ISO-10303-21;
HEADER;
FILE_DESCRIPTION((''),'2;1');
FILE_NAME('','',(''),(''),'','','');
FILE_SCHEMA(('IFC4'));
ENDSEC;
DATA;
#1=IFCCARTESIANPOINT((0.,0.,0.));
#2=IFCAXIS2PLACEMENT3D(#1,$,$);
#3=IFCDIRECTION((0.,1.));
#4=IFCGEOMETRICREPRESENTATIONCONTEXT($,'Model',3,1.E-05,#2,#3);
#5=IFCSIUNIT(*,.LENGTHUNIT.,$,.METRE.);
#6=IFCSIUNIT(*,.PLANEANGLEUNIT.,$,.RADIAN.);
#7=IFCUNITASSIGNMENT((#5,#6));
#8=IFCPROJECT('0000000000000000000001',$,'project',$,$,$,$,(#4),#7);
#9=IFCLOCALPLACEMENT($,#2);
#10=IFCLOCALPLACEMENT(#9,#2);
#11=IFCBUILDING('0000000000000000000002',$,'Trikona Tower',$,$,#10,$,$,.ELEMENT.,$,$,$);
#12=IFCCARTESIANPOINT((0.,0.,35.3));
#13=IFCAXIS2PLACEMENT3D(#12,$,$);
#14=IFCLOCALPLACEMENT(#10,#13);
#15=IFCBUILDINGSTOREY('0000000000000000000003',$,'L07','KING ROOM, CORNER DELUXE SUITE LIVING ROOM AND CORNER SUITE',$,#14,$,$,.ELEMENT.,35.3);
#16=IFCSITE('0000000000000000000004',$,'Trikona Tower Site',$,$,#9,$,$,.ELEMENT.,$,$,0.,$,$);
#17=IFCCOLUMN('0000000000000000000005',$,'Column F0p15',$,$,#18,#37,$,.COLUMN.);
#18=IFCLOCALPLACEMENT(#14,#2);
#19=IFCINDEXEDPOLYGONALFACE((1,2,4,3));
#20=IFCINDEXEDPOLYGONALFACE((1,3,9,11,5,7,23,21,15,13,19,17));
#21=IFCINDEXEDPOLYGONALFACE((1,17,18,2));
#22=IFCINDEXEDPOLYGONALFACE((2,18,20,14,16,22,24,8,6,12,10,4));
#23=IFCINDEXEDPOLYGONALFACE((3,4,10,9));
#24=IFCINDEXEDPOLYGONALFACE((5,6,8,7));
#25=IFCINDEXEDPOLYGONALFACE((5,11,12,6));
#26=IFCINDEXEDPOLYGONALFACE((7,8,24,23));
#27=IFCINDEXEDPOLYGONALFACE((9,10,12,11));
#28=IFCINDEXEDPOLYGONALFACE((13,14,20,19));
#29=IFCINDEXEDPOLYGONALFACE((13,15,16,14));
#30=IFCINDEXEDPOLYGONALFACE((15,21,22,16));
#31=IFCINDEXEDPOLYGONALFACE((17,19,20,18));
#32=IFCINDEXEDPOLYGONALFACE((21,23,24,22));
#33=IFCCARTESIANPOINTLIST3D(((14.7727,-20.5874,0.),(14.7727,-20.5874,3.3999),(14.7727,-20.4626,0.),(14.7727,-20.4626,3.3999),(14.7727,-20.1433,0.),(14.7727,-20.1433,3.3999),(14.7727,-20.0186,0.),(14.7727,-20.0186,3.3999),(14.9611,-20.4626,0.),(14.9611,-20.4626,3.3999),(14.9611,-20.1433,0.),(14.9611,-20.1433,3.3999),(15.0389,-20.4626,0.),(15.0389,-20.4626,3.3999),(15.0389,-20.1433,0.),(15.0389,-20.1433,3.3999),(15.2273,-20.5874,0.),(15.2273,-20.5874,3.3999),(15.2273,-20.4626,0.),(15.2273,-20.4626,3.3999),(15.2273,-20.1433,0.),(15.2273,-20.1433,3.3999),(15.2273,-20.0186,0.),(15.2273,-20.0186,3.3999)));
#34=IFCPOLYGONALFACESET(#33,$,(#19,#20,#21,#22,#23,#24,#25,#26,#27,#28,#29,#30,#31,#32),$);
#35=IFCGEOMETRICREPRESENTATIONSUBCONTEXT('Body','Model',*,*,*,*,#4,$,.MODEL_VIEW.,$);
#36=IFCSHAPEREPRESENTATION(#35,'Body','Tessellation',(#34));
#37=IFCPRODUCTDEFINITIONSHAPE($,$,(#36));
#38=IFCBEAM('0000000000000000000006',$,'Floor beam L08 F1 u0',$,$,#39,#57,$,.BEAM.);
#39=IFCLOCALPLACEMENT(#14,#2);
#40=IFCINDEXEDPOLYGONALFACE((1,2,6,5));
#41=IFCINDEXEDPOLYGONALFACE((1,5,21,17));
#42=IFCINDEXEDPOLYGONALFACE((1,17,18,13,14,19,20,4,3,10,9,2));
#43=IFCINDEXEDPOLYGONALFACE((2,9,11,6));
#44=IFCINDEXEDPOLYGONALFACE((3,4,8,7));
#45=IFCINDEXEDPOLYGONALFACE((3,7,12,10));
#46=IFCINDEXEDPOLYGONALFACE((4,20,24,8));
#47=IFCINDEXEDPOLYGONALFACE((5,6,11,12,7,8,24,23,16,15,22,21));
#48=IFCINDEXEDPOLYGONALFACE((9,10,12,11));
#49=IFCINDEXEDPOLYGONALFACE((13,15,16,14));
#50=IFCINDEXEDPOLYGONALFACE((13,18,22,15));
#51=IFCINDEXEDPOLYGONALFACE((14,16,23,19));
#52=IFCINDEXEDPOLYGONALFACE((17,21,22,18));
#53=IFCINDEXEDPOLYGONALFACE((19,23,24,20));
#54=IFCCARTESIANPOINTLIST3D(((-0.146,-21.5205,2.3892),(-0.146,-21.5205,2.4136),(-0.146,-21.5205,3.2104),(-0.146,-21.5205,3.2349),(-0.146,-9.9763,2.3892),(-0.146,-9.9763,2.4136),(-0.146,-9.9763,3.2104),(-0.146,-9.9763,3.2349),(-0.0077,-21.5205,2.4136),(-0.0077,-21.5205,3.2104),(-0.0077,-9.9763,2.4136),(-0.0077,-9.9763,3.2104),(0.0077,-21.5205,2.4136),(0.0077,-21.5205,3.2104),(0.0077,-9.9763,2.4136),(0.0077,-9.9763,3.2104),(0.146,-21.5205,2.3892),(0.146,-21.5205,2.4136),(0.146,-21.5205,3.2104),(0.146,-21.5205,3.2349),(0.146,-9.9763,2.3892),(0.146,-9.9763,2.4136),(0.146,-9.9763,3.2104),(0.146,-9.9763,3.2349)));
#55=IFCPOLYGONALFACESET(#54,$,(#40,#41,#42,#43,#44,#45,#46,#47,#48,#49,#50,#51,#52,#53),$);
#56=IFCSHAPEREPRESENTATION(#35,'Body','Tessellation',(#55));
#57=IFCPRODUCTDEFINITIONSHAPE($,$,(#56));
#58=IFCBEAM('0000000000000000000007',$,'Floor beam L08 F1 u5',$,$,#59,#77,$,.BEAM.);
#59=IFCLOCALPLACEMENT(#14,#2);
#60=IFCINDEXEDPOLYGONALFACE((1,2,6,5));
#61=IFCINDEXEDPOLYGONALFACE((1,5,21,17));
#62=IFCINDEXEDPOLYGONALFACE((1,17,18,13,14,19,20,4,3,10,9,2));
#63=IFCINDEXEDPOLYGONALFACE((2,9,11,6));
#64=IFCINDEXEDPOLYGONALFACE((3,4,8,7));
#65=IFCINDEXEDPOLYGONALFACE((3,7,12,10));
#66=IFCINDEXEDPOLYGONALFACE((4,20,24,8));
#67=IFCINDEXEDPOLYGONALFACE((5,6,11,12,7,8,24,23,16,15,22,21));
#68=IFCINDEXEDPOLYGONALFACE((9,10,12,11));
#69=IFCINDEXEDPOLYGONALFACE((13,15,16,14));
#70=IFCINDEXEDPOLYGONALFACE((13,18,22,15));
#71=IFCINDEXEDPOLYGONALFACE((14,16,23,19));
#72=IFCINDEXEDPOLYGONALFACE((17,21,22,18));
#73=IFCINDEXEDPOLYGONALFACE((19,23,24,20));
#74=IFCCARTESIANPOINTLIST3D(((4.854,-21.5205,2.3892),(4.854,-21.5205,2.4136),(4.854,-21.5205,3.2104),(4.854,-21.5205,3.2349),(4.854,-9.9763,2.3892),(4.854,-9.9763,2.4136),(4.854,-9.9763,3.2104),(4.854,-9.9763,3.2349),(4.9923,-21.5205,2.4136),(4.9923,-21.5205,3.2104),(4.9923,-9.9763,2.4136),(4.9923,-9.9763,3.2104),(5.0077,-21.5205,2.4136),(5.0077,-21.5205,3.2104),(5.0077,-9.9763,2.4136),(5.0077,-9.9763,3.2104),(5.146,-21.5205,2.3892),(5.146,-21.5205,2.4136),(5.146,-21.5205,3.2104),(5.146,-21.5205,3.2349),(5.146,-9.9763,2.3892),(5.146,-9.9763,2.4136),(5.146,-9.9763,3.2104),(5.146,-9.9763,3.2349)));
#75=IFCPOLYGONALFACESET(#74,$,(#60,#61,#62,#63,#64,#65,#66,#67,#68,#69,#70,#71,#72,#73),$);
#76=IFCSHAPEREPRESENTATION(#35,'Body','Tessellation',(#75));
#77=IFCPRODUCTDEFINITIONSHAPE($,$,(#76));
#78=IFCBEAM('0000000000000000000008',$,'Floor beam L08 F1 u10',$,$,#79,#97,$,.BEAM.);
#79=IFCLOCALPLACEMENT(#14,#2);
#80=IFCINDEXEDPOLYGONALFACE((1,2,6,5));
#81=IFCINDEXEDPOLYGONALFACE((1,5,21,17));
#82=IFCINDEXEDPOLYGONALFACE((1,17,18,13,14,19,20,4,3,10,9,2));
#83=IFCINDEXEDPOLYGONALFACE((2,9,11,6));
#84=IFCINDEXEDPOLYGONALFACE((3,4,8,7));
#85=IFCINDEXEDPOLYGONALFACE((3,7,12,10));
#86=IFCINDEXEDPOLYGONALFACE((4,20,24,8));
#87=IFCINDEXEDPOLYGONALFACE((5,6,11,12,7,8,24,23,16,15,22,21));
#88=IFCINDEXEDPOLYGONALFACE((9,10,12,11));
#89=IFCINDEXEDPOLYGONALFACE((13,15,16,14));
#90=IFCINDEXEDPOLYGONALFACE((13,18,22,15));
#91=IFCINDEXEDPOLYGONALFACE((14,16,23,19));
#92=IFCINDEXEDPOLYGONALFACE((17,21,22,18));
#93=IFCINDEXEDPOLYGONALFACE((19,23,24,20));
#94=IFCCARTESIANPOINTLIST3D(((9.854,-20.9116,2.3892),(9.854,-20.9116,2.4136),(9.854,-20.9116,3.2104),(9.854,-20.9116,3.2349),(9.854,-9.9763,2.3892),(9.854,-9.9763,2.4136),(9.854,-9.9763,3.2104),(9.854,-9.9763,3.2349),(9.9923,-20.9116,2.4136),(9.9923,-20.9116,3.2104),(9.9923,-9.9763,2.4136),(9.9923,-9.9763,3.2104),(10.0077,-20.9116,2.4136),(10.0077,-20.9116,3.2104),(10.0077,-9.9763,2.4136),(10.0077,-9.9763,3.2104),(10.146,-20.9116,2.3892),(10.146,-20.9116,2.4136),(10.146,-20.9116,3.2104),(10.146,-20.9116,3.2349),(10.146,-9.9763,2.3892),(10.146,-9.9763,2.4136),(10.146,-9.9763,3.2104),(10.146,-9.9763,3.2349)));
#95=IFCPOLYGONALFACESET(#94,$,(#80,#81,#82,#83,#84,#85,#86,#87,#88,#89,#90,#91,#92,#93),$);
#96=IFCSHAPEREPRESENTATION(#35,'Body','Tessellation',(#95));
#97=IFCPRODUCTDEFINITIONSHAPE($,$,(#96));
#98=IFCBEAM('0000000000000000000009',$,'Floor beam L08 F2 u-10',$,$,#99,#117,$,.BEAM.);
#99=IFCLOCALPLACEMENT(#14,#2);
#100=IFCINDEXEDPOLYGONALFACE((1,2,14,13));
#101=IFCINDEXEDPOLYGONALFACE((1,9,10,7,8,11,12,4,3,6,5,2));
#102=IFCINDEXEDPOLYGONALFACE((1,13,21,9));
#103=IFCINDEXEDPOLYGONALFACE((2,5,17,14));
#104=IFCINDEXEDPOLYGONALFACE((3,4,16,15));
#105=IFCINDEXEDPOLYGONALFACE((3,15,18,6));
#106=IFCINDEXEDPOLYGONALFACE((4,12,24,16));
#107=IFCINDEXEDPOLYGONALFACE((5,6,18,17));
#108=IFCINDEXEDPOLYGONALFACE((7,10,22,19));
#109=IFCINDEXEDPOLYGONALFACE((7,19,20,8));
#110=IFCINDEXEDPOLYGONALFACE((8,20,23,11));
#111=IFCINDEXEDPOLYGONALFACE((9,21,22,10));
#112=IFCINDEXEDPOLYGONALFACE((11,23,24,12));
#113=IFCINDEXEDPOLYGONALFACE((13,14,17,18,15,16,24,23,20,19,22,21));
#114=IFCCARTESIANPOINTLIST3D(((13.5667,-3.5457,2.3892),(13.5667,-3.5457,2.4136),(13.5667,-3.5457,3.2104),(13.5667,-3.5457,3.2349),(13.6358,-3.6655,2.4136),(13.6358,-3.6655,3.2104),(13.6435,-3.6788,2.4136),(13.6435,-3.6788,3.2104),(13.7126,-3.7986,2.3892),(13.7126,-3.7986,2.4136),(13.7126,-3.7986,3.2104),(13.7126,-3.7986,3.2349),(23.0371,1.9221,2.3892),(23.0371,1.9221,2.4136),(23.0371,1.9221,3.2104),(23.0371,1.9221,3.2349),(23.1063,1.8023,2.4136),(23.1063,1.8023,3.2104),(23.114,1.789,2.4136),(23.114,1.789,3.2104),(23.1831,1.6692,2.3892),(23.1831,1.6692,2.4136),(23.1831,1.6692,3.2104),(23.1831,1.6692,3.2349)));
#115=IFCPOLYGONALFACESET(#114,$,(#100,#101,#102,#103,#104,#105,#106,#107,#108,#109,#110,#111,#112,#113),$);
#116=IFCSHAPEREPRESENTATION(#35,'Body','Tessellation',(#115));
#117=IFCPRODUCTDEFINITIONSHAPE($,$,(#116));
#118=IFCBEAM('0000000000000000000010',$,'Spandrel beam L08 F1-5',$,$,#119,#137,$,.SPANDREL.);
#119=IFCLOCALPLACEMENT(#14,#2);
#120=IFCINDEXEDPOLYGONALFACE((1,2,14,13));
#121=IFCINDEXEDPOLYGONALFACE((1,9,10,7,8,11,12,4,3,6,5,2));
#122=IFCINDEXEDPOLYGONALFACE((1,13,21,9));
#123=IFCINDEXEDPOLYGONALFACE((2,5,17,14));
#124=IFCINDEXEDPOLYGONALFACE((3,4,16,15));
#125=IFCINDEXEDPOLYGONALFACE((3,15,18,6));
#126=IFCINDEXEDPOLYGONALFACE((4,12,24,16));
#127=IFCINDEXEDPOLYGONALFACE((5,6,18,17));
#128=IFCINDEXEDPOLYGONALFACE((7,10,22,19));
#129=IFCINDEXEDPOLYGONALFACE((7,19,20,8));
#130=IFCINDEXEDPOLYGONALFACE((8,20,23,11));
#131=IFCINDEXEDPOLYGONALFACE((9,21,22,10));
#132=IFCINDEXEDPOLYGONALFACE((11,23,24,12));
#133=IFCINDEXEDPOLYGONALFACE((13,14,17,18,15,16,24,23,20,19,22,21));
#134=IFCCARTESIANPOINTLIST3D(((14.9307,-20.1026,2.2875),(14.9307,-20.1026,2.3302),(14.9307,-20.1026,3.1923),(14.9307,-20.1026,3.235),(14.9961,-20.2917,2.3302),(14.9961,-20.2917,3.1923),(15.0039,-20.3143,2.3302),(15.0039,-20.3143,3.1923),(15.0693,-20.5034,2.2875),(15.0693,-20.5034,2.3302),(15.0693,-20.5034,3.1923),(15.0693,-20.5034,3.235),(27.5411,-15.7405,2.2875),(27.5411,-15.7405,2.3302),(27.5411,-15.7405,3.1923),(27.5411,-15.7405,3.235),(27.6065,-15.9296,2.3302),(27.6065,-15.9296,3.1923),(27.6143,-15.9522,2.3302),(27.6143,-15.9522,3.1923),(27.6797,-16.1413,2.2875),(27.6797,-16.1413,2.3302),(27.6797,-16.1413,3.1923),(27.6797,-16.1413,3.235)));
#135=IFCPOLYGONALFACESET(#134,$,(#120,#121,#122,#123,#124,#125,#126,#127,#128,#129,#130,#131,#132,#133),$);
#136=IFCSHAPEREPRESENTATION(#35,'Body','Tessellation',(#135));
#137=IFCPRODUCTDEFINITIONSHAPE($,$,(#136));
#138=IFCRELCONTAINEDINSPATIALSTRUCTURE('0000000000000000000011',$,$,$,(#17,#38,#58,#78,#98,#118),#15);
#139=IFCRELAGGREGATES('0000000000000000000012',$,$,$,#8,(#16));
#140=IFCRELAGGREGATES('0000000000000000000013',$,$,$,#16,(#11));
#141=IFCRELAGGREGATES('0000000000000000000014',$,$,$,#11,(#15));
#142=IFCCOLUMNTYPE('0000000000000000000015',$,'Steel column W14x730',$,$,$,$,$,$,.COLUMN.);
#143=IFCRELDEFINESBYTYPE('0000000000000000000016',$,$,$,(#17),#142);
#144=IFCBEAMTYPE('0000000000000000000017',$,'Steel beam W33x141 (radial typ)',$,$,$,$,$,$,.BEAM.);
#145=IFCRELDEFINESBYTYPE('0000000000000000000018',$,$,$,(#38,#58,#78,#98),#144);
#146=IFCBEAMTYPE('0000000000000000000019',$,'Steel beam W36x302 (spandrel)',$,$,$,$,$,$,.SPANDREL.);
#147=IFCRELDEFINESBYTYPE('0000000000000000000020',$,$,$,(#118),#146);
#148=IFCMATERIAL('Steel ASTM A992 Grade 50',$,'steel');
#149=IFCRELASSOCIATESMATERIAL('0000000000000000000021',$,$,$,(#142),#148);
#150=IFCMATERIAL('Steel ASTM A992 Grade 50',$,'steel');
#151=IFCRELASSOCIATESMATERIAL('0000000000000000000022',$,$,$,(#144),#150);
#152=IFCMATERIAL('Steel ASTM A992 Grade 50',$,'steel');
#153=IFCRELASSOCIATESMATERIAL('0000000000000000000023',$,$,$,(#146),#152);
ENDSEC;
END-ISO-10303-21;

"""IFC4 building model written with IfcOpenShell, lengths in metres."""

from ifc_helpers import new_model, si_unit, direction, frame, origin, origin_2d, place, context, subcontext, project, spatial, i_section, extrude, material, material_profile, profile_set, type_object, element, save


model = new_model("IFC4")

# Units and contexts
model_context = context("Model", 3, precision=1e-05, world=origin(), true_north=direction((0.0, 1.0)))
body_context = subcontext(model_context, "Body", "Model", "MODEL_VIEW")
ifc_project = project(units=[si_unit("LENGTHUNIT", "METRE"), si_unit("PLANEANGLEUNIT", "RADIAN")], contexts=[model_context])

# Site, building, storey
site_placement = place(None, origin())
site = spatial("IfcSite", under=ifc_project, at=site_placement, Name="Trikona Tower Site", CompositionType="ELEMENT", RefElevation=0.0)
building_placement = place(site_placement, origin())
building = spatial("IfcBuilding", under=site, at=building_placement, Name="Trikona Tower", CompositionType="ELEMENT")
storey_placement = place(building_placement, frame((0.0, 0.0, 35.3)))
storey = spatial("IfcBuildingStorey", under=building, at=storey_placement, Name="L07", Description="KING ROOM, CORNER DELUXE SUITE LIVING ROOM AND CORNER SUITE", CompositionType="ELEMENT", Elevation=35.3)

# Column
ifc_material_1 = material(Name="Steel ASTM A992 Grade 50", Category="steel")
ifc_material_profile_1 = material_profile(ifc_material_1, i_section(OverallWidth=0.4546, OverallDepth=0.5688, WebThickness=0.0779, FlangeThickness=0.1248, at=origin_2d()), Name="W14X730")
ifc_profile_set_1 = profile_set([ifc_material_profile_1], Name="Steel ASTM A992 Grade 50")
column_type = type_object("IfcColumnType", Name="Steel column W14x730", PredefinedType="COLUMN", material=ifc_profile_set_1)
column_placement = place(storey_placement, frame((15.0, -20.303, 0.0), z_axis=(0.0, 0.0, 1.0), x_axis=(1.0, 0.0, 0.0)))
element("IfcColumn", 1, at=column_placement, inside=storey, type_object=column_type, Name="Column F0p15", PredefinedType="COLUMN", context=body_context, shape_type="SweptSolid", body=[
    extrude(i_section(OverallWidth=0.4546, OverallDepth=0.5688, WebThickness=0.0779, FlangeThickness=0.1248, at=origin_2d()), origin(), (0.0, 0.0, 1.0), 3.3999),
])

# Beams
ifc_material_2 = material(Name="Steel ASTM A992 Grade 50", Category="steel")
ifc_material_profile_2 = material_profile(ifc_material_2, i_section(OverallWidth=0.292, OverallDepth=0.8457, WebThickness=0.0154, FlangeThickness=0.0244, at=origin_2d()), Name="W33X141")
ifc_profile_set_2 = profile_set([ifc_material_profile_2], Name="Steel ASTM A992 Grade 50")
beam_type_1 = type_object("IfcBeamType", Name="Steel beam W33x141 (radial typ)", PredefinedType="BEAM", material=ifc_profile_set_2)
for number, where, z_axis, x_axis, name in (
    (2, (0.0, -9.9763, 2.812), (0.0, -1.0, 0.0), (1.0, 0.0, 0.0), "Floor beam L08 F1 u0"),
    (3, (5.0, -9.9763, 2.812), (0.0, -1.0, 0.0), (1.0, 0.0, 0.0), "Floor beam L08 F1 u5"),
):
    element("IfcBeam", number, at=place(storey_placement, frame(where, z_axis=z_axis, x_axis=x_axis)), inside=storey, type_object=beam_type_1, Name=name, PredefinedType="BEAM", context=body_context, shape_type="SweptSolid", body=[
        extrude(i_section(OverallWidth=0.292, OverallDepth=0.8457, WebThickness=0.0154, FlangeThickness=0.0244, at=origin_2d()), origin(), (0.0, 0.0, 1.0), 11.5442),
    ])
beam_1_placement = place(storey_placement, frame((10.0, -9.9763, 2.812), z_axis=(0.0, -1.0, 0.0), x_axis=(1.0, 0.0, 0.0)))
element("IfcBeam", 4, at=beam_1_placement, inside=storey, type_object=beam_type_1, Name="Floor beam L08 F1 u10", PredefinedType="BEAM", context=body_context, shape_type="SweptSolid", body=[
    extrude(i_section(OverallWidth=0.292, OverallDepth=0.8457, WebThickness=0.0154, FlangeThickness=0.0244, at=origin_2d()), origin(), (0.0, 0.0, 1.0), 10.9353),
])
beam_2_placement = place(storey_placement, frame((13.6396, -3.6721, 2.812), z_axis=(0.866025, 0.5, 0.0), x_axis=(-0.5, 0.866025, 0.0)))
element("IfcBeam", 5, at=beam_2_placement, inside=storey, type_object=beam_type_1, Name="Floor beam L08 F2 u-10", PredefinedType="BEAM", context=body_context, shape_type="SweptSolid", body=[
    extrude(i_section(OverallWidth=0.292, OverallDepth=0.8457, WebThickness=0.0154, FlangeThickness=0.0244, at=origin_2d()), origin(), (0.0, 0.0, 1.0), 10.9355),
])
ifc_material_3 = material(Name="Steel ASTM A992 Grade 50", Category="steel")
ifc_material_profile_3 = material_profile(ifc_material_3, i_section(OverallWidth=0.4241, OverallDepth=0.9475, WebThickness=0.0239, FlangeThickness=0.0427, at=origin_2d()), Name="W36X302")
ifc_profile_set_3 = profile_set([ifc_material_profile_3], Name="Steel ASTM A992 Grade 50")
beam_type_2 = type_object("IfcBeamType", Name="Steel beam W36x302 (spandrel)", PredefinedType="SPANDREL", material=ifc_profile_set_3)
beam_3_placement = place(storey_placement, frame((15.0, -20.303, 2.7612), z_axis=(0.945057, 0.326906, 0.0), x_axis=(-0.326906, 0.945057, 0.0)))
element("IfcBeam", 6, at=beam_3_placement, inside=storey, type_object=beam_type_2, Name="Spandrel beam L08 F1-5", PredefinedType="SPANDREL", context=body_context, shape_type="SweptSolid", body=[
    extrude(i_section(OverallWidth=0.4241, OverallDepth=0.9475, WebThickness=0.0239, FlangeThickness=0.0427, at=origin_2d()), origin(), (0.0, 0.0, 1.0), 13.3435),
])

save(model, "model.ifc")
